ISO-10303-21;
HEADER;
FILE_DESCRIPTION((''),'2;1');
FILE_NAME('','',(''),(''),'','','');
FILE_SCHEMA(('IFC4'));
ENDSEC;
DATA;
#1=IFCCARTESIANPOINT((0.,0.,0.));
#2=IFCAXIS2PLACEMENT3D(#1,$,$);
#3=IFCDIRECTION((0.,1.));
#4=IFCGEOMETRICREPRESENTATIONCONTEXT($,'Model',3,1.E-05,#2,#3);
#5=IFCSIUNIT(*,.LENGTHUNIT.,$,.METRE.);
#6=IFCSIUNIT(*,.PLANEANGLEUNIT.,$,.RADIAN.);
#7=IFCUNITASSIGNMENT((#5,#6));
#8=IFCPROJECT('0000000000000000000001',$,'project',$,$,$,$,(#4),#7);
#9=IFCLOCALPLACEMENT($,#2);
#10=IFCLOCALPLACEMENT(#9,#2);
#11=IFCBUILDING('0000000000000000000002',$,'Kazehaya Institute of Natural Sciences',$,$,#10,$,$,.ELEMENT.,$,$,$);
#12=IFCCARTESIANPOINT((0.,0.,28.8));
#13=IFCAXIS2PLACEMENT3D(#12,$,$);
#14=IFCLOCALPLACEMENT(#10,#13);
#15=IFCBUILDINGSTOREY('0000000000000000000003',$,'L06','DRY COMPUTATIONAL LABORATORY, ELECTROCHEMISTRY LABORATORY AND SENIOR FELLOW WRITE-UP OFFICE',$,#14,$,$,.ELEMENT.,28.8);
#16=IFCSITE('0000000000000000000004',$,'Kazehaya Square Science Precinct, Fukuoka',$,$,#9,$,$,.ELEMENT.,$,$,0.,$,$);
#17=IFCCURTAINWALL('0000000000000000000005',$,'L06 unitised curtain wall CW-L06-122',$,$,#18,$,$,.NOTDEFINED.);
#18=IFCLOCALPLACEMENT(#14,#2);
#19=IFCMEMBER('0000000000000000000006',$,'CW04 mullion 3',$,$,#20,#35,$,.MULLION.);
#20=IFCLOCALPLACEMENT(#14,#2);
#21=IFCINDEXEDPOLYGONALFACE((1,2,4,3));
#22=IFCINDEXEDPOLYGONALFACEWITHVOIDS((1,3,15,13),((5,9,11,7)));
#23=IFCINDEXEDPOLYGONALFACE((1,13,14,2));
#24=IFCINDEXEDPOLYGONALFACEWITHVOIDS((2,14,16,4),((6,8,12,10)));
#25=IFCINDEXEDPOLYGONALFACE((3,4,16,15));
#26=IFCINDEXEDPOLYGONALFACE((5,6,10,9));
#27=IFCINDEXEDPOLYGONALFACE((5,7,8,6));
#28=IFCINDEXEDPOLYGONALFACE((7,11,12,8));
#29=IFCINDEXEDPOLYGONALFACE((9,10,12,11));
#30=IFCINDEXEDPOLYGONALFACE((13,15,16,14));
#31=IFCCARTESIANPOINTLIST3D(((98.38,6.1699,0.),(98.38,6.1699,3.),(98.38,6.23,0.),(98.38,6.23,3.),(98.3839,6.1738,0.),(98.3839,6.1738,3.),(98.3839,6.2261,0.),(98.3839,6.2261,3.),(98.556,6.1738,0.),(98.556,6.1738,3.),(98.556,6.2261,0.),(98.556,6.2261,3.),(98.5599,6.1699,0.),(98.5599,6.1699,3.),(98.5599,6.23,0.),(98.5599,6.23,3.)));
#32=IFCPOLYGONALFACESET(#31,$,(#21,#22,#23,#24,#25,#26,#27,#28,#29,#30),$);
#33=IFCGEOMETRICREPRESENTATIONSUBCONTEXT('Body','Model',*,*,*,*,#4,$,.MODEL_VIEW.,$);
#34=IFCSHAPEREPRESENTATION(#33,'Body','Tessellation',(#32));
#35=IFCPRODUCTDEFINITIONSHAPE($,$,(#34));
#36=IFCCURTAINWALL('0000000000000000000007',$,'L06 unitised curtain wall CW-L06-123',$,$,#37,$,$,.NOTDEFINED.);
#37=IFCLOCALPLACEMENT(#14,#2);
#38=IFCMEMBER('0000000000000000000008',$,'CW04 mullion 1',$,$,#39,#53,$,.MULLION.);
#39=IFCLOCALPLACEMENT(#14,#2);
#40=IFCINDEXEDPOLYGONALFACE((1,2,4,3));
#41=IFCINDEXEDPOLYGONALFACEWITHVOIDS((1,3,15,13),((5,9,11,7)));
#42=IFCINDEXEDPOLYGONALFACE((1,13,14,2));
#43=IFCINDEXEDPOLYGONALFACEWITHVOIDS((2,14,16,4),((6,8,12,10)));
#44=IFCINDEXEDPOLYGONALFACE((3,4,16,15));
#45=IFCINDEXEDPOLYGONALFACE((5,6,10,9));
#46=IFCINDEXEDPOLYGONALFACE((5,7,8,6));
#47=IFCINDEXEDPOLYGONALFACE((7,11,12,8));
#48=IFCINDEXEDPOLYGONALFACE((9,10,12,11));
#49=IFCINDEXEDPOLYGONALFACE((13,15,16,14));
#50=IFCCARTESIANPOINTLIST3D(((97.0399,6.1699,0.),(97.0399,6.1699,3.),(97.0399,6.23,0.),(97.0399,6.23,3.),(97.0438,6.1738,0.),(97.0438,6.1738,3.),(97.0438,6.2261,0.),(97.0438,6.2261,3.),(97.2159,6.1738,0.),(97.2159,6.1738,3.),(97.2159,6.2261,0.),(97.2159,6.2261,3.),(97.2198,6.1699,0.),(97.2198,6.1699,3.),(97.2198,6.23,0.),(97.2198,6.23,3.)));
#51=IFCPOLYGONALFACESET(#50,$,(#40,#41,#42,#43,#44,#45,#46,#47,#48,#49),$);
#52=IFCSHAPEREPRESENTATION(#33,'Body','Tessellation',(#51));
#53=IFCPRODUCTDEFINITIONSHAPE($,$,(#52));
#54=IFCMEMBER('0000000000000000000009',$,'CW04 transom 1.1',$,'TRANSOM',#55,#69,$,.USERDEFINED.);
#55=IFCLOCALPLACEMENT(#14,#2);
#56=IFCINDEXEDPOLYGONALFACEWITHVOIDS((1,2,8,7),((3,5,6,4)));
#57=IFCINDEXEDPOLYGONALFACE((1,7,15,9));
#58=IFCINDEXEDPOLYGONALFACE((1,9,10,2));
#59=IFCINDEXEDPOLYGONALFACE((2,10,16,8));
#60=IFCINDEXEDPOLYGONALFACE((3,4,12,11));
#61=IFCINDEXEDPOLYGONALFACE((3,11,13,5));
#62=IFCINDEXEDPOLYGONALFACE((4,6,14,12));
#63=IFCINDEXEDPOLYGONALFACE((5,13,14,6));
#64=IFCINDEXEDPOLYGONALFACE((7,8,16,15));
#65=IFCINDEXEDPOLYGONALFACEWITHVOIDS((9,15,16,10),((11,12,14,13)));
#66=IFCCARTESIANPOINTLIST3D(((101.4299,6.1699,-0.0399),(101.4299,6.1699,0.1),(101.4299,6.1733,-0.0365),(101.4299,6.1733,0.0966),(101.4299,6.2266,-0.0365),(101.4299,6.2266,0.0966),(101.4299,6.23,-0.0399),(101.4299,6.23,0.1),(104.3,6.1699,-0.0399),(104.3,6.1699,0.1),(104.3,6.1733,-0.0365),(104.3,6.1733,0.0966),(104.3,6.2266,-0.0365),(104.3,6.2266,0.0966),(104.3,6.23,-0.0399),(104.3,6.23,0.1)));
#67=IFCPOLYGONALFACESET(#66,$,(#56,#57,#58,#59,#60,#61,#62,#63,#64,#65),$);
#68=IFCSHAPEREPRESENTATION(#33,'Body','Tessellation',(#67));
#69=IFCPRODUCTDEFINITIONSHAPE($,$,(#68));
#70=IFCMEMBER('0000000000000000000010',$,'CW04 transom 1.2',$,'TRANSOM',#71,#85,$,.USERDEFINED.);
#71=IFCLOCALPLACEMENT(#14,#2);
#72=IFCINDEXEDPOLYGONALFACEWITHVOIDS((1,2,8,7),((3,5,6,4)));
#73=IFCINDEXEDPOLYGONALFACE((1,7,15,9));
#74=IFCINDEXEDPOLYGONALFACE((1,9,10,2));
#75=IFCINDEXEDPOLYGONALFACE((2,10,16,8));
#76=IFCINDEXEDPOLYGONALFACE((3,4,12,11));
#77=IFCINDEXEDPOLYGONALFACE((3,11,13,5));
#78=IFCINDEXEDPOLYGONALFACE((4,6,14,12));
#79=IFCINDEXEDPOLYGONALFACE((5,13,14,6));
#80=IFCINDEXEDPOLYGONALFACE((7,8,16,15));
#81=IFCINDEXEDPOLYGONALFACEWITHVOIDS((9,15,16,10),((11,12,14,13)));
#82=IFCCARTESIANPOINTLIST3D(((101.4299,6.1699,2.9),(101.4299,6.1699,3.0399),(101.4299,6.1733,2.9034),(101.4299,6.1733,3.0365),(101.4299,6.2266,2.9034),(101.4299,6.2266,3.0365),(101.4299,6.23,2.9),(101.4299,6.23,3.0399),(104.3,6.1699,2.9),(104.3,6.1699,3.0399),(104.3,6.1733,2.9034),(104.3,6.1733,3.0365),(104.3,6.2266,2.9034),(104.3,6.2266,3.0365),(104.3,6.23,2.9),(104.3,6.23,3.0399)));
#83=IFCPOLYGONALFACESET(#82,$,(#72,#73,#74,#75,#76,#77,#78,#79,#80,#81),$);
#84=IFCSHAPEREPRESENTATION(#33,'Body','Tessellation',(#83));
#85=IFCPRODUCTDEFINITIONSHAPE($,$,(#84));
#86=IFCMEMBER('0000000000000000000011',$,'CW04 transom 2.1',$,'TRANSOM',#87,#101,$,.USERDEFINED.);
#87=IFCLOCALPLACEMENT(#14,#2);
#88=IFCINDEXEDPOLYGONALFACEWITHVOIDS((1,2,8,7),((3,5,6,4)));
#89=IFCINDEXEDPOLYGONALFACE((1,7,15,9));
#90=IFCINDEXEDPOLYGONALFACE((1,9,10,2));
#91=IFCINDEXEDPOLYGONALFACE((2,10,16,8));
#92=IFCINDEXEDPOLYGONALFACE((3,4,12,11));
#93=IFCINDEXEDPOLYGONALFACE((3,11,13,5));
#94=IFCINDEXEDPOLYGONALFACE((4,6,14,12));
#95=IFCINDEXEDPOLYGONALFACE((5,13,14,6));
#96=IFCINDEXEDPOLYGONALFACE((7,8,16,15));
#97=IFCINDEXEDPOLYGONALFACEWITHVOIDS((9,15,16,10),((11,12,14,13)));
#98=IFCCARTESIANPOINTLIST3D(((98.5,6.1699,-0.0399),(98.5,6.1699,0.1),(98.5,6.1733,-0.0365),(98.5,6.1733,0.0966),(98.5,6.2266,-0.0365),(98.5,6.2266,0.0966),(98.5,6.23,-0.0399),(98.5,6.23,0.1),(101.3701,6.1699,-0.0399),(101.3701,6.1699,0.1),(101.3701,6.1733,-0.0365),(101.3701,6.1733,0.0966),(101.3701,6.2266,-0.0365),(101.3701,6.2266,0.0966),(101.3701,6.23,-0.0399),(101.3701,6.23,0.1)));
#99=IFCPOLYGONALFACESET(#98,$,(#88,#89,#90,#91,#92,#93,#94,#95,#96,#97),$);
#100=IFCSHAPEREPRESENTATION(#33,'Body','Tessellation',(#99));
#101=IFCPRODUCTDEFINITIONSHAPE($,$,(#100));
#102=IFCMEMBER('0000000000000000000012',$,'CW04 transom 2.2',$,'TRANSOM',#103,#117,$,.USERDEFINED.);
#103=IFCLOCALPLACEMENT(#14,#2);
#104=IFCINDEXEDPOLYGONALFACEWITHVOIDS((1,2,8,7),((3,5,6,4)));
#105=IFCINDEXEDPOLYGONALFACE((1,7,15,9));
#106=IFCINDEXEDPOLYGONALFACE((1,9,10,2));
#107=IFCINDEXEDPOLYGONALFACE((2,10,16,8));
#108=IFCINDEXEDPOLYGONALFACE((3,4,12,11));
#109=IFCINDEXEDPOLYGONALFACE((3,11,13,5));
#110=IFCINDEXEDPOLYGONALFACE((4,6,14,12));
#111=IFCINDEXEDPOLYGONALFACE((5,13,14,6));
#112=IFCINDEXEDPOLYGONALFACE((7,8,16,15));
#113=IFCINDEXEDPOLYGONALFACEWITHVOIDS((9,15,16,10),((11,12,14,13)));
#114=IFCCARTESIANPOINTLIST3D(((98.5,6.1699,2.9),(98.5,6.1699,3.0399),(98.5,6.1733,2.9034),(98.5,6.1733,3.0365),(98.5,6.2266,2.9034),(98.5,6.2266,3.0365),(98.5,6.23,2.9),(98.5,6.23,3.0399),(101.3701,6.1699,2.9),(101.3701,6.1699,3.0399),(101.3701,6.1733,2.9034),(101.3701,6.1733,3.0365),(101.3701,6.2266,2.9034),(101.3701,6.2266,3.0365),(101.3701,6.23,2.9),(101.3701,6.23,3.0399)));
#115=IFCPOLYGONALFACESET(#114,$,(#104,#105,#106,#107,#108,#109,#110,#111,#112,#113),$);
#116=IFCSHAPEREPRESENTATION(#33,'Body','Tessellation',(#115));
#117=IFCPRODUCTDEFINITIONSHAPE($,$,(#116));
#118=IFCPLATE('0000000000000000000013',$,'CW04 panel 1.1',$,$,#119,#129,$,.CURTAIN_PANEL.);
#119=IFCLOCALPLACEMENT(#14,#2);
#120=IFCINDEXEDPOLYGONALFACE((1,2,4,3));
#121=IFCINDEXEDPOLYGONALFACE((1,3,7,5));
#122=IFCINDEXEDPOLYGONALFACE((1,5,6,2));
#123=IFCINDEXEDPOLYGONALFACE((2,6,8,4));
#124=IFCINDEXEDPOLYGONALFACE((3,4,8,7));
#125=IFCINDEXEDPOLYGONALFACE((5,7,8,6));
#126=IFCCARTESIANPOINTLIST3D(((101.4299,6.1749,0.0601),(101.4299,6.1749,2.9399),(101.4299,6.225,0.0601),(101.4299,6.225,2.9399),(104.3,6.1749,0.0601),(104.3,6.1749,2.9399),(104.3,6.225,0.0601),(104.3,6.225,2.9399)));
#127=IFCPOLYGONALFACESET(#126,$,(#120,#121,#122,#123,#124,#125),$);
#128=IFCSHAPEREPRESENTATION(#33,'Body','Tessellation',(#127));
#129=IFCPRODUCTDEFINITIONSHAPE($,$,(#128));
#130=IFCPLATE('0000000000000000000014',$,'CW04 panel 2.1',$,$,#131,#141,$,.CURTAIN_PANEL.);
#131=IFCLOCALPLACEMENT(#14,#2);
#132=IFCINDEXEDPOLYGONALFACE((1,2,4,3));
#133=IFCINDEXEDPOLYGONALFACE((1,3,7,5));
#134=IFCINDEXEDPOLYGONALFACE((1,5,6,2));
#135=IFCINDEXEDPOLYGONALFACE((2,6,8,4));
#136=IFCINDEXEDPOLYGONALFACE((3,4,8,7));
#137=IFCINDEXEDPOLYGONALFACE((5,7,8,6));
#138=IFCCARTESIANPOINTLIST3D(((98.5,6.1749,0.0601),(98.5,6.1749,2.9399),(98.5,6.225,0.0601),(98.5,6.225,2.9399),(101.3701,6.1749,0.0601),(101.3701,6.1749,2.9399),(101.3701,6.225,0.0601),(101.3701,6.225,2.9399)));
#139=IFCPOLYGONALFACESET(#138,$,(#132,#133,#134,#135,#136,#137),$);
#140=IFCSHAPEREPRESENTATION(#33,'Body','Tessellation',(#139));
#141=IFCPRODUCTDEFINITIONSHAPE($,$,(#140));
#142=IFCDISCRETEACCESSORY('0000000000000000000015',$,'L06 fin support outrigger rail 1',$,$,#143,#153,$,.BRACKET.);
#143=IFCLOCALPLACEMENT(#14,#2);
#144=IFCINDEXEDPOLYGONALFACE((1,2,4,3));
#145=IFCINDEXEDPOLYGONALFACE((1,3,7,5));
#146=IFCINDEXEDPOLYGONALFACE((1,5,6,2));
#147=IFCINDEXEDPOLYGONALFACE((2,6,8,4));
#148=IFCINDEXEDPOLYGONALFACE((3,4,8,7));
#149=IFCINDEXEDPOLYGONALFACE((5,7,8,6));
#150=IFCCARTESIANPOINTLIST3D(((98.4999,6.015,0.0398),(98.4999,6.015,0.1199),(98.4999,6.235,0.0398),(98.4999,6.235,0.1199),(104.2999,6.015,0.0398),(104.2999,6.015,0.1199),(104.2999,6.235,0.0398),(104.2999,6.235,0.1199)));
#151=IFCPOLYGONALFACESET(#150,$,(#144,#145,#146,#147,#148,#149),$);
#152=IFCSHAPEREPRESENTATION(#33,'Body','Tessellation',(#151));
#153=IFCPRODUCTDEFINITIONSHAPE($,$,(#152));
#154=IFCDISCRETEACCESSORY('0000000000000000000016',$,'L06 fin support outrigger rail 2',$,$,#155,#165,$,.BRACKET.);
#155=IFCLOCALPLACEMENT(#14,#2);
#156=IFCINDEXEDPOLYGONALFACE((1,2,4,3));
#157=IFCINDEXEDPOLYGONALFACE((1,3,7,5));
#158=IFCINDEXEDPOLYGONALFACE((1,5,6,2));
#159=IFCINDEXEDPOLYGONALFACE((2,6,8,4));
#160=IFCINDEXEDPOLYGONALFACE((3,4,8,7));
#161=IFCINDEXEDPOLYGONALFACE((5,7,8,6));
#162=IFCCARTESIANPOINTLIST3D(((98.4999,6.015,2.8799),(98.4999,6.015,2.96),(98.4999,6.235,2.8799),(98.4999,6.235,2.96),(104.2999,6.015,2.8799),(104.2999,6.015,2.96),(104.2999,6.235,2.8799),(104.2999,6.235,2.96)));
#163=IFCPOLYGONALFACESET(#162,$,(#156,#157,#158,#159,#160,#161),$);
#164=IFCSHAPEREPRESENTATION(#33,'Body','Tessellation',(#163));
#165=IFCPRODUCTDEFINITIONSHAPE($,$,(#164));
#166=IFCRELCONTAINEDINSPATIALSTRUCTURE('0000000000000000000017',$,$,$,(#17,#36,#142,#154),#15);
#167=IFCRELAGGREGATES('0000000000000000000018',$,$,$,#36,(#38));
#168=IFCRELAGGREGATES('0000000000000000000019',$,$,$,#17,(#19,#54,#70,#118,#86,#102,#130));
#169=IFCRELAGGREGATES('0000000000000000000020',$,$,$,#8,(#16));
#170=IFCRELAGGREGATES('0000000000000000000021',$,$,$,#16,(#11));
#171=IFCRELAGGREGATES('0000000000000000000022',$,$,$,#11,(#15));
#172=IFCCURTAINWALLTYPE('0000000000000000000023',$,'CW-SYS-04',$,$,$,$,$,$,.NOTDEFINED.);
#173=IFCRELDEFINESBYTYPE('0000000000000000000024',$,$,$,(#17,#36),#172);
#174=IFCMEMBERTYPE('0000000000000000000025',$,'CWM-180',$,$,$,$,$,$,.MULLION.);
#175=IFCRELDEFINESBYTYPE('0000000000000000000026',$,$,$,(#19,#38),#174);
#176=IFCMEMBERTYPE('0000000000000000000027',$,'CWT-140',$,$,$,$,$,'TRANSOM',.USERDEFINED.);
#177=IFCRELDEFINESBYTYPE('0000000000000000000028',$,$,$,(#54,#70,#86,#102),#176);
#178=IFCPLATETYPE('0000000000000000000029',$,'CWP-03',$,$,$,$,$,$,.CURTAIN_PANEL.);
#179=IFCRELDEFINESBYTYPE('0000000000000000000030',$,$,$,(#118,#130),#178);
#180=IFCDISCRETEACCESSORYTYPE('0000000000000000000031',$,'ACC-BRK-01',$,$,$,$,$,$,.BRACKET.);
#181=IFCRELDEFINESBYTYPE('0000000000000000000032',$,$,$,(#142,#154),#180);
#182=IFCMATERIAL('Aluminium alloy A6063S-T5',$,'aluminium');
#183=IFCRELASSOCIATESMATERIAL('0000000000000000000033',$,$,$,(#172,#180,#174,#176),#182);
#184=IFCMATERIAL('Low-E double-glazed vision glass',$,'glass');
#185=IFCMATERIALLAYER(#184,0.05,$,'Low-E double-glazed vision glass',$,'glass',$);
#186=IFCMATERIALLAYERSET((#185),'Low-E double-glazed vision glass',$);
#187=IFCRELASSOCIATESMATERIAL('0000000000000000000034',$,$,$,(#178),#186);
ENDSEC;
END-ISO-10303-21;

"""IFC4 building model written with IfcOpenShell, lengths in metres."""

from ifc_helpers import new_model, si_unit, direction, frame, origin, origin_2d, place, context, subcontext, project, spatial, rectangle, hollow_rectangle, extrude, material, layer, layer_set, material_profile, profile_set, type_object, element, aggregate, save


model = new_model("IFC4")

# Units and contexts
model_context = context("Model", 3, precision=1e-05, world=origin(), true_north=direction((0.0, 1.0)))
body_context = subcontext(model_context, "Body", "Model", "MODEL_VIEW")
ifc_project = project(units=[si_unit("LENGTHUNIT", "METRE"), si_unit("PLANEANGLEUNIT", "RADIAN")], contexts=[model_context])

# Site, building, storey
site_placement = place(None, origin())
site = spatial("IfcSite", under=ifc_project, at=site_placement, Name="Kazehaya Square Science Precinct, Fukuoka", CompositionType="ELEMENT", RefElevation=0.0)
building_placement = place(site_placement, origin())
building = spatial("IfcBuilding", under=site, at=building_placement, Name="Kazehaya Institute of Natural Sciences", CompositionType="ELEMENT")
storey_placement = place(building_placement, frame((0.0, 0.0, 28.8)))
storey = spatial("IfcBuildingStorey", under=building, at=storey_placement, Name="L06", Description="DRY COMPUTATIONAL LABORATORY, ELECTROCHEMISTRY LABORATORY AND SENIOR FELLOW WRITE-UP OFFICE", CompositionType="ELEMENT", Elevation=28.8)

# Shared definitions
ifc_material_1 = material(Name="Aluminium alloy A6063S-T5", Category="aluminium")
curtain_wall_type = type_object("IfcCurtainWallType", Name="CW-SYS-04", PredefinedType="NOTDEFINED", material=ifc_material_1)
ifc_material_profile_1 = material_profile(ifc_material_1, hollow_rectangle(XDim=0.0601, YDim=0.1799, WallThickness=0.0039, at=origin_2d()), Name="ALU-60x180x4")
ifc_profile_set_1 = profile_set([ifc_material_profile_1], Name="Aluminium alloy A6063S-T5")
member_type_1 = type_object("IfcMemberType", Name="CWM-180", PredefinedType="MULLION", material=ifc_profile_set_1)

# Curtain wall, member
curtain_wall_1_placement = place(storey_placement, origin())
curtain_wall_1 = element("IfcCurtainWall", 1, at=curtain_wall_1_placement, inside=storey, type_object=curtain_wall_type, Name="L06 unitised curtain wall CW-L06-122", PredefinedType="NOTDEFINED")
member_1_placement = place(storey_placement, frame((98.47, 6.2, 0.0), z_axis=(0.0, 0.0, 1.0), x_axis=(0.0, -1.0, 0.0)))
member_1 = element("IfcMember", 2, at=member_1_placement, type_object=member_type_1, Name="CW04 mullion 3", PredefinedType="MULLION", context=body_context, shape_type="SweptSolid", body=[
    extrude(hollow_rectangle(XDim=0.0601, YDim=0.1799, WallThickness=0.0039, at=origin_2d()), origin(), (0.0, 0.0, 1.0), 3.0),
])

# Curtain wall, member
curtain_wall_2_placement = place(storey_placement, origin())
curtain_wall_2 = element("IfcCurtainWall", 3, at=curtain_wall_2_placement, inside=storey, type_object=curtain_wall_type, Name="L06 unitised curtain wall CW-L06-123", PredefinedType="NOTDEFINED")
member_2_placement = place(storey_placement, frame((97.1299, 6.2, 0.0), z_axis=(0.0, 0.0, 1.0), x_axis=(0.0, -1.0, 0.0)))
member_2 = element("IfcMember", 4, at=member_2_placement, type_object=member_type_1, Name="CW04 mullion 1", PredefinedType="MULLION", context=body_context, shape_type="SweptSolid", body=[
    extrude(hollow_rectangle(XDim=0.0601, YDim=0.1799, WallThickness=0.0039, at=origin_2d()), origin(), (0.0, 0.0, 1.0), 3.0),
])
aggregate(curtain_wall_2, [member_2])

# Members
ifc_material_profile_2 = material_profile(ifc_material_1, hollow_rectangle(XDim=0.0601, YDim=0.1399, WallThickness=0.0034, at=origin_2d()), Name="ALU-60x140x3.5")
ifc_profile_set_2 = profile_set([ifc_material_profile_2], Name="Aluminium alloy A6063S-T5")
member_type_2 = type_object("IfcMemberType", Name="CWT-140", ElementType="TRANSOM", PredefinedType="USERDEFINED", material=ifc_profile_set_2)
member_3_placement = place(storey_placement, frame((104.3, 6.2, 0.03), z_axis=(-1.0, 0.0, 0.0), x_axis=(0.0, -1.0, 0.0)))
member_3 = element("IfcMember", 5, at=member_3_placement, type_object=member_type_2, Name="CW04 transom 1.1", ObjectType="TRANSOM", PredefinedType="USERDEFINED", context=body_context, shape_type="SweptSolid", body=[
    extrude(hollow_rectangle(XDim=0.0601, YDim=0.1399, WallThickness=0.0034, at=origin_2d()), origin(), (0.0, 0.0, 1.0), 2.8701),
])
member_4_placement = place(storey_placement, frame((104.3, 6.2, 2.97), z_axis=(-1.0, 0.0, 0.0), x_axis=(0.0, -1.0, 0.0)))
member_4 = element("IfcMember", 6, at=member_4_placement, type_object=member_type_2, Name="CW04 transom 1.2", ObjectType="TRANSOM", PredefinedType="USERDEFINED", context=body_context, shape_type="SweptSolid", body=[
    extrude(hollow_rectangle(XDim=0.0601, YDim=0.1399, WallThickness=0.0034, at=origin_2d()), origin(), (0.0, 0.0, 1.0), 2.8701),
])
member_5_placement = place(storey_placement, frame((101.3701, 6.2, 0.03), z_axis=(-1.0, 0.0, 0.0), x_axis=(0.0, -1.0, 0.0)))
member_5 = element("IfcMember", 7, at=member_5_placement, type_object=member_type_2, Name="CW04 transom 2.1", ObjectType="TRANSOM", PredefinedType="USERDEFINED", context=body_context, shape_type="SweptSolid", body=[
    extrude(hollow_rectangle(XDim=0.0601, YDim=0.1399, WallThickness=0.0034, at=origin_2d()), origin(), (0.0, 0.0, 1.0), 2.8701),
])
member_6_placement = place(storey_placement, frame((101.3701, 6.2, 2.97), z_axis=(-1.0, 0.0, 0.0), x_axis=(0.0, -1.0, 0.0)))
member_6 = element("IfcMember", 8, at=member_6_placement, type_object=member_type_2, Name="CW04 transom 2.2", ObjectType="TRANSOM", PredefinedType="USERDEFINED", context=body_context, shape_type="SweptSolid", body=[
    extrude(hollow_rectangle(XDim=0.0601, YDim=0.1399, WallThickness=0.0034, at=origin_2d()), origin(), (0.0, 0.0, 1.0), 2.8701),
])

# Plates
ifc_material_2 = material(Name="Low-E double-glazed vision glass", Category="glass")
ifc_layer = layer(ifc_material_2, 0.05, Name="Low-E double-glazed vision glass", Category="glass")
ifc_layer_set = layer_set([ifc_layer], Name="Low-E double-glazed vision glass")
plate_type = type_object("IfcPlateType", Name="CWP-03", PredefinedType="CURTAIN_PANEL", material=ifc_layer_set)
plate_1_placement = place(storey_placement, frame((102.865, 6.2, 0.0601), z_axis=(0.0, 0.0, 1.0), x_axis=(-1.0, 0.0, 0.0)))
plate_1 = element("IfcPlate", 9, at=plate_1_placement, type_object=plate_type, Name="CW04 panel 1.1", PredefinedType="CURTAIN_PANEL", context=body_context, shape_type="SweptSolid", body=[
    extrude(rectangle(XDim=2.8701, YDim=0.05, at=origin_2d()), origin(), (0.0, 0.0, 1.0), 2.8799),
])
plate_2_placement = place(storey_placement, frame((99.9351, 6.2, 0.0601), z_axis=(0.0, 0.0, 1.0), x_axis=(-1.0, 0.0, 0.0)))
plate_2 = element("IfcPlate", 10, at=plate_2_placement, type_object=plate_type, Name="CW04 panel 2.1", PredefinedType="CURTAIN_PANEL", context=body_context, shape_type="SweptSolid", body=[
    extrude(rectangle(XDim=2.8701, YDim=0.05, at=origin_2d()), origin(), (0.0, 0.0, 1.0), 2.8799),
])
aggregate(curtain_wall_1, [member_1, member_3, member_4, plate_1, member_5, member_6, plate_2])

# Discrete accessories
discrete_accessory_type = type_object("IfcDiscreteAccessoryType", Name="ACC-BRK-01", PredefinedType="BRACKET", material=ifc_material_1)
for number, where, z_axis, x_axis, name in (
    (11, (101.3999, 6.125, 0.0398), (0.0, 0.0, 1.0), (-1.0, 0.0, 0.0), "L06 fin support outrigger rail 1"),
    (12, (101.3999, 6.125, 2.8799), (0.0, 0.0, 1.0), (-1.0, 0.0, 0.0), "L06 fin support outrigger rail 2"),
):
    element("IfcDiscreteAccessory", number, at=place(storey_placement, frame(where, z_axis=z_axis, x_axis=x_axis)), inside=storey, type_object=discrete_accessory_type, Name=name, PredefinedType="BRACKET", context=body_context, shape_type="SweptSolid", body=[
        extrude(rectangle(XDim=5.8, YDim=0.22, at=origin_2d()), origin(), (0.0, 0.0, 1.0), 0.0801),
    ])

save(model, "model.ifc")
